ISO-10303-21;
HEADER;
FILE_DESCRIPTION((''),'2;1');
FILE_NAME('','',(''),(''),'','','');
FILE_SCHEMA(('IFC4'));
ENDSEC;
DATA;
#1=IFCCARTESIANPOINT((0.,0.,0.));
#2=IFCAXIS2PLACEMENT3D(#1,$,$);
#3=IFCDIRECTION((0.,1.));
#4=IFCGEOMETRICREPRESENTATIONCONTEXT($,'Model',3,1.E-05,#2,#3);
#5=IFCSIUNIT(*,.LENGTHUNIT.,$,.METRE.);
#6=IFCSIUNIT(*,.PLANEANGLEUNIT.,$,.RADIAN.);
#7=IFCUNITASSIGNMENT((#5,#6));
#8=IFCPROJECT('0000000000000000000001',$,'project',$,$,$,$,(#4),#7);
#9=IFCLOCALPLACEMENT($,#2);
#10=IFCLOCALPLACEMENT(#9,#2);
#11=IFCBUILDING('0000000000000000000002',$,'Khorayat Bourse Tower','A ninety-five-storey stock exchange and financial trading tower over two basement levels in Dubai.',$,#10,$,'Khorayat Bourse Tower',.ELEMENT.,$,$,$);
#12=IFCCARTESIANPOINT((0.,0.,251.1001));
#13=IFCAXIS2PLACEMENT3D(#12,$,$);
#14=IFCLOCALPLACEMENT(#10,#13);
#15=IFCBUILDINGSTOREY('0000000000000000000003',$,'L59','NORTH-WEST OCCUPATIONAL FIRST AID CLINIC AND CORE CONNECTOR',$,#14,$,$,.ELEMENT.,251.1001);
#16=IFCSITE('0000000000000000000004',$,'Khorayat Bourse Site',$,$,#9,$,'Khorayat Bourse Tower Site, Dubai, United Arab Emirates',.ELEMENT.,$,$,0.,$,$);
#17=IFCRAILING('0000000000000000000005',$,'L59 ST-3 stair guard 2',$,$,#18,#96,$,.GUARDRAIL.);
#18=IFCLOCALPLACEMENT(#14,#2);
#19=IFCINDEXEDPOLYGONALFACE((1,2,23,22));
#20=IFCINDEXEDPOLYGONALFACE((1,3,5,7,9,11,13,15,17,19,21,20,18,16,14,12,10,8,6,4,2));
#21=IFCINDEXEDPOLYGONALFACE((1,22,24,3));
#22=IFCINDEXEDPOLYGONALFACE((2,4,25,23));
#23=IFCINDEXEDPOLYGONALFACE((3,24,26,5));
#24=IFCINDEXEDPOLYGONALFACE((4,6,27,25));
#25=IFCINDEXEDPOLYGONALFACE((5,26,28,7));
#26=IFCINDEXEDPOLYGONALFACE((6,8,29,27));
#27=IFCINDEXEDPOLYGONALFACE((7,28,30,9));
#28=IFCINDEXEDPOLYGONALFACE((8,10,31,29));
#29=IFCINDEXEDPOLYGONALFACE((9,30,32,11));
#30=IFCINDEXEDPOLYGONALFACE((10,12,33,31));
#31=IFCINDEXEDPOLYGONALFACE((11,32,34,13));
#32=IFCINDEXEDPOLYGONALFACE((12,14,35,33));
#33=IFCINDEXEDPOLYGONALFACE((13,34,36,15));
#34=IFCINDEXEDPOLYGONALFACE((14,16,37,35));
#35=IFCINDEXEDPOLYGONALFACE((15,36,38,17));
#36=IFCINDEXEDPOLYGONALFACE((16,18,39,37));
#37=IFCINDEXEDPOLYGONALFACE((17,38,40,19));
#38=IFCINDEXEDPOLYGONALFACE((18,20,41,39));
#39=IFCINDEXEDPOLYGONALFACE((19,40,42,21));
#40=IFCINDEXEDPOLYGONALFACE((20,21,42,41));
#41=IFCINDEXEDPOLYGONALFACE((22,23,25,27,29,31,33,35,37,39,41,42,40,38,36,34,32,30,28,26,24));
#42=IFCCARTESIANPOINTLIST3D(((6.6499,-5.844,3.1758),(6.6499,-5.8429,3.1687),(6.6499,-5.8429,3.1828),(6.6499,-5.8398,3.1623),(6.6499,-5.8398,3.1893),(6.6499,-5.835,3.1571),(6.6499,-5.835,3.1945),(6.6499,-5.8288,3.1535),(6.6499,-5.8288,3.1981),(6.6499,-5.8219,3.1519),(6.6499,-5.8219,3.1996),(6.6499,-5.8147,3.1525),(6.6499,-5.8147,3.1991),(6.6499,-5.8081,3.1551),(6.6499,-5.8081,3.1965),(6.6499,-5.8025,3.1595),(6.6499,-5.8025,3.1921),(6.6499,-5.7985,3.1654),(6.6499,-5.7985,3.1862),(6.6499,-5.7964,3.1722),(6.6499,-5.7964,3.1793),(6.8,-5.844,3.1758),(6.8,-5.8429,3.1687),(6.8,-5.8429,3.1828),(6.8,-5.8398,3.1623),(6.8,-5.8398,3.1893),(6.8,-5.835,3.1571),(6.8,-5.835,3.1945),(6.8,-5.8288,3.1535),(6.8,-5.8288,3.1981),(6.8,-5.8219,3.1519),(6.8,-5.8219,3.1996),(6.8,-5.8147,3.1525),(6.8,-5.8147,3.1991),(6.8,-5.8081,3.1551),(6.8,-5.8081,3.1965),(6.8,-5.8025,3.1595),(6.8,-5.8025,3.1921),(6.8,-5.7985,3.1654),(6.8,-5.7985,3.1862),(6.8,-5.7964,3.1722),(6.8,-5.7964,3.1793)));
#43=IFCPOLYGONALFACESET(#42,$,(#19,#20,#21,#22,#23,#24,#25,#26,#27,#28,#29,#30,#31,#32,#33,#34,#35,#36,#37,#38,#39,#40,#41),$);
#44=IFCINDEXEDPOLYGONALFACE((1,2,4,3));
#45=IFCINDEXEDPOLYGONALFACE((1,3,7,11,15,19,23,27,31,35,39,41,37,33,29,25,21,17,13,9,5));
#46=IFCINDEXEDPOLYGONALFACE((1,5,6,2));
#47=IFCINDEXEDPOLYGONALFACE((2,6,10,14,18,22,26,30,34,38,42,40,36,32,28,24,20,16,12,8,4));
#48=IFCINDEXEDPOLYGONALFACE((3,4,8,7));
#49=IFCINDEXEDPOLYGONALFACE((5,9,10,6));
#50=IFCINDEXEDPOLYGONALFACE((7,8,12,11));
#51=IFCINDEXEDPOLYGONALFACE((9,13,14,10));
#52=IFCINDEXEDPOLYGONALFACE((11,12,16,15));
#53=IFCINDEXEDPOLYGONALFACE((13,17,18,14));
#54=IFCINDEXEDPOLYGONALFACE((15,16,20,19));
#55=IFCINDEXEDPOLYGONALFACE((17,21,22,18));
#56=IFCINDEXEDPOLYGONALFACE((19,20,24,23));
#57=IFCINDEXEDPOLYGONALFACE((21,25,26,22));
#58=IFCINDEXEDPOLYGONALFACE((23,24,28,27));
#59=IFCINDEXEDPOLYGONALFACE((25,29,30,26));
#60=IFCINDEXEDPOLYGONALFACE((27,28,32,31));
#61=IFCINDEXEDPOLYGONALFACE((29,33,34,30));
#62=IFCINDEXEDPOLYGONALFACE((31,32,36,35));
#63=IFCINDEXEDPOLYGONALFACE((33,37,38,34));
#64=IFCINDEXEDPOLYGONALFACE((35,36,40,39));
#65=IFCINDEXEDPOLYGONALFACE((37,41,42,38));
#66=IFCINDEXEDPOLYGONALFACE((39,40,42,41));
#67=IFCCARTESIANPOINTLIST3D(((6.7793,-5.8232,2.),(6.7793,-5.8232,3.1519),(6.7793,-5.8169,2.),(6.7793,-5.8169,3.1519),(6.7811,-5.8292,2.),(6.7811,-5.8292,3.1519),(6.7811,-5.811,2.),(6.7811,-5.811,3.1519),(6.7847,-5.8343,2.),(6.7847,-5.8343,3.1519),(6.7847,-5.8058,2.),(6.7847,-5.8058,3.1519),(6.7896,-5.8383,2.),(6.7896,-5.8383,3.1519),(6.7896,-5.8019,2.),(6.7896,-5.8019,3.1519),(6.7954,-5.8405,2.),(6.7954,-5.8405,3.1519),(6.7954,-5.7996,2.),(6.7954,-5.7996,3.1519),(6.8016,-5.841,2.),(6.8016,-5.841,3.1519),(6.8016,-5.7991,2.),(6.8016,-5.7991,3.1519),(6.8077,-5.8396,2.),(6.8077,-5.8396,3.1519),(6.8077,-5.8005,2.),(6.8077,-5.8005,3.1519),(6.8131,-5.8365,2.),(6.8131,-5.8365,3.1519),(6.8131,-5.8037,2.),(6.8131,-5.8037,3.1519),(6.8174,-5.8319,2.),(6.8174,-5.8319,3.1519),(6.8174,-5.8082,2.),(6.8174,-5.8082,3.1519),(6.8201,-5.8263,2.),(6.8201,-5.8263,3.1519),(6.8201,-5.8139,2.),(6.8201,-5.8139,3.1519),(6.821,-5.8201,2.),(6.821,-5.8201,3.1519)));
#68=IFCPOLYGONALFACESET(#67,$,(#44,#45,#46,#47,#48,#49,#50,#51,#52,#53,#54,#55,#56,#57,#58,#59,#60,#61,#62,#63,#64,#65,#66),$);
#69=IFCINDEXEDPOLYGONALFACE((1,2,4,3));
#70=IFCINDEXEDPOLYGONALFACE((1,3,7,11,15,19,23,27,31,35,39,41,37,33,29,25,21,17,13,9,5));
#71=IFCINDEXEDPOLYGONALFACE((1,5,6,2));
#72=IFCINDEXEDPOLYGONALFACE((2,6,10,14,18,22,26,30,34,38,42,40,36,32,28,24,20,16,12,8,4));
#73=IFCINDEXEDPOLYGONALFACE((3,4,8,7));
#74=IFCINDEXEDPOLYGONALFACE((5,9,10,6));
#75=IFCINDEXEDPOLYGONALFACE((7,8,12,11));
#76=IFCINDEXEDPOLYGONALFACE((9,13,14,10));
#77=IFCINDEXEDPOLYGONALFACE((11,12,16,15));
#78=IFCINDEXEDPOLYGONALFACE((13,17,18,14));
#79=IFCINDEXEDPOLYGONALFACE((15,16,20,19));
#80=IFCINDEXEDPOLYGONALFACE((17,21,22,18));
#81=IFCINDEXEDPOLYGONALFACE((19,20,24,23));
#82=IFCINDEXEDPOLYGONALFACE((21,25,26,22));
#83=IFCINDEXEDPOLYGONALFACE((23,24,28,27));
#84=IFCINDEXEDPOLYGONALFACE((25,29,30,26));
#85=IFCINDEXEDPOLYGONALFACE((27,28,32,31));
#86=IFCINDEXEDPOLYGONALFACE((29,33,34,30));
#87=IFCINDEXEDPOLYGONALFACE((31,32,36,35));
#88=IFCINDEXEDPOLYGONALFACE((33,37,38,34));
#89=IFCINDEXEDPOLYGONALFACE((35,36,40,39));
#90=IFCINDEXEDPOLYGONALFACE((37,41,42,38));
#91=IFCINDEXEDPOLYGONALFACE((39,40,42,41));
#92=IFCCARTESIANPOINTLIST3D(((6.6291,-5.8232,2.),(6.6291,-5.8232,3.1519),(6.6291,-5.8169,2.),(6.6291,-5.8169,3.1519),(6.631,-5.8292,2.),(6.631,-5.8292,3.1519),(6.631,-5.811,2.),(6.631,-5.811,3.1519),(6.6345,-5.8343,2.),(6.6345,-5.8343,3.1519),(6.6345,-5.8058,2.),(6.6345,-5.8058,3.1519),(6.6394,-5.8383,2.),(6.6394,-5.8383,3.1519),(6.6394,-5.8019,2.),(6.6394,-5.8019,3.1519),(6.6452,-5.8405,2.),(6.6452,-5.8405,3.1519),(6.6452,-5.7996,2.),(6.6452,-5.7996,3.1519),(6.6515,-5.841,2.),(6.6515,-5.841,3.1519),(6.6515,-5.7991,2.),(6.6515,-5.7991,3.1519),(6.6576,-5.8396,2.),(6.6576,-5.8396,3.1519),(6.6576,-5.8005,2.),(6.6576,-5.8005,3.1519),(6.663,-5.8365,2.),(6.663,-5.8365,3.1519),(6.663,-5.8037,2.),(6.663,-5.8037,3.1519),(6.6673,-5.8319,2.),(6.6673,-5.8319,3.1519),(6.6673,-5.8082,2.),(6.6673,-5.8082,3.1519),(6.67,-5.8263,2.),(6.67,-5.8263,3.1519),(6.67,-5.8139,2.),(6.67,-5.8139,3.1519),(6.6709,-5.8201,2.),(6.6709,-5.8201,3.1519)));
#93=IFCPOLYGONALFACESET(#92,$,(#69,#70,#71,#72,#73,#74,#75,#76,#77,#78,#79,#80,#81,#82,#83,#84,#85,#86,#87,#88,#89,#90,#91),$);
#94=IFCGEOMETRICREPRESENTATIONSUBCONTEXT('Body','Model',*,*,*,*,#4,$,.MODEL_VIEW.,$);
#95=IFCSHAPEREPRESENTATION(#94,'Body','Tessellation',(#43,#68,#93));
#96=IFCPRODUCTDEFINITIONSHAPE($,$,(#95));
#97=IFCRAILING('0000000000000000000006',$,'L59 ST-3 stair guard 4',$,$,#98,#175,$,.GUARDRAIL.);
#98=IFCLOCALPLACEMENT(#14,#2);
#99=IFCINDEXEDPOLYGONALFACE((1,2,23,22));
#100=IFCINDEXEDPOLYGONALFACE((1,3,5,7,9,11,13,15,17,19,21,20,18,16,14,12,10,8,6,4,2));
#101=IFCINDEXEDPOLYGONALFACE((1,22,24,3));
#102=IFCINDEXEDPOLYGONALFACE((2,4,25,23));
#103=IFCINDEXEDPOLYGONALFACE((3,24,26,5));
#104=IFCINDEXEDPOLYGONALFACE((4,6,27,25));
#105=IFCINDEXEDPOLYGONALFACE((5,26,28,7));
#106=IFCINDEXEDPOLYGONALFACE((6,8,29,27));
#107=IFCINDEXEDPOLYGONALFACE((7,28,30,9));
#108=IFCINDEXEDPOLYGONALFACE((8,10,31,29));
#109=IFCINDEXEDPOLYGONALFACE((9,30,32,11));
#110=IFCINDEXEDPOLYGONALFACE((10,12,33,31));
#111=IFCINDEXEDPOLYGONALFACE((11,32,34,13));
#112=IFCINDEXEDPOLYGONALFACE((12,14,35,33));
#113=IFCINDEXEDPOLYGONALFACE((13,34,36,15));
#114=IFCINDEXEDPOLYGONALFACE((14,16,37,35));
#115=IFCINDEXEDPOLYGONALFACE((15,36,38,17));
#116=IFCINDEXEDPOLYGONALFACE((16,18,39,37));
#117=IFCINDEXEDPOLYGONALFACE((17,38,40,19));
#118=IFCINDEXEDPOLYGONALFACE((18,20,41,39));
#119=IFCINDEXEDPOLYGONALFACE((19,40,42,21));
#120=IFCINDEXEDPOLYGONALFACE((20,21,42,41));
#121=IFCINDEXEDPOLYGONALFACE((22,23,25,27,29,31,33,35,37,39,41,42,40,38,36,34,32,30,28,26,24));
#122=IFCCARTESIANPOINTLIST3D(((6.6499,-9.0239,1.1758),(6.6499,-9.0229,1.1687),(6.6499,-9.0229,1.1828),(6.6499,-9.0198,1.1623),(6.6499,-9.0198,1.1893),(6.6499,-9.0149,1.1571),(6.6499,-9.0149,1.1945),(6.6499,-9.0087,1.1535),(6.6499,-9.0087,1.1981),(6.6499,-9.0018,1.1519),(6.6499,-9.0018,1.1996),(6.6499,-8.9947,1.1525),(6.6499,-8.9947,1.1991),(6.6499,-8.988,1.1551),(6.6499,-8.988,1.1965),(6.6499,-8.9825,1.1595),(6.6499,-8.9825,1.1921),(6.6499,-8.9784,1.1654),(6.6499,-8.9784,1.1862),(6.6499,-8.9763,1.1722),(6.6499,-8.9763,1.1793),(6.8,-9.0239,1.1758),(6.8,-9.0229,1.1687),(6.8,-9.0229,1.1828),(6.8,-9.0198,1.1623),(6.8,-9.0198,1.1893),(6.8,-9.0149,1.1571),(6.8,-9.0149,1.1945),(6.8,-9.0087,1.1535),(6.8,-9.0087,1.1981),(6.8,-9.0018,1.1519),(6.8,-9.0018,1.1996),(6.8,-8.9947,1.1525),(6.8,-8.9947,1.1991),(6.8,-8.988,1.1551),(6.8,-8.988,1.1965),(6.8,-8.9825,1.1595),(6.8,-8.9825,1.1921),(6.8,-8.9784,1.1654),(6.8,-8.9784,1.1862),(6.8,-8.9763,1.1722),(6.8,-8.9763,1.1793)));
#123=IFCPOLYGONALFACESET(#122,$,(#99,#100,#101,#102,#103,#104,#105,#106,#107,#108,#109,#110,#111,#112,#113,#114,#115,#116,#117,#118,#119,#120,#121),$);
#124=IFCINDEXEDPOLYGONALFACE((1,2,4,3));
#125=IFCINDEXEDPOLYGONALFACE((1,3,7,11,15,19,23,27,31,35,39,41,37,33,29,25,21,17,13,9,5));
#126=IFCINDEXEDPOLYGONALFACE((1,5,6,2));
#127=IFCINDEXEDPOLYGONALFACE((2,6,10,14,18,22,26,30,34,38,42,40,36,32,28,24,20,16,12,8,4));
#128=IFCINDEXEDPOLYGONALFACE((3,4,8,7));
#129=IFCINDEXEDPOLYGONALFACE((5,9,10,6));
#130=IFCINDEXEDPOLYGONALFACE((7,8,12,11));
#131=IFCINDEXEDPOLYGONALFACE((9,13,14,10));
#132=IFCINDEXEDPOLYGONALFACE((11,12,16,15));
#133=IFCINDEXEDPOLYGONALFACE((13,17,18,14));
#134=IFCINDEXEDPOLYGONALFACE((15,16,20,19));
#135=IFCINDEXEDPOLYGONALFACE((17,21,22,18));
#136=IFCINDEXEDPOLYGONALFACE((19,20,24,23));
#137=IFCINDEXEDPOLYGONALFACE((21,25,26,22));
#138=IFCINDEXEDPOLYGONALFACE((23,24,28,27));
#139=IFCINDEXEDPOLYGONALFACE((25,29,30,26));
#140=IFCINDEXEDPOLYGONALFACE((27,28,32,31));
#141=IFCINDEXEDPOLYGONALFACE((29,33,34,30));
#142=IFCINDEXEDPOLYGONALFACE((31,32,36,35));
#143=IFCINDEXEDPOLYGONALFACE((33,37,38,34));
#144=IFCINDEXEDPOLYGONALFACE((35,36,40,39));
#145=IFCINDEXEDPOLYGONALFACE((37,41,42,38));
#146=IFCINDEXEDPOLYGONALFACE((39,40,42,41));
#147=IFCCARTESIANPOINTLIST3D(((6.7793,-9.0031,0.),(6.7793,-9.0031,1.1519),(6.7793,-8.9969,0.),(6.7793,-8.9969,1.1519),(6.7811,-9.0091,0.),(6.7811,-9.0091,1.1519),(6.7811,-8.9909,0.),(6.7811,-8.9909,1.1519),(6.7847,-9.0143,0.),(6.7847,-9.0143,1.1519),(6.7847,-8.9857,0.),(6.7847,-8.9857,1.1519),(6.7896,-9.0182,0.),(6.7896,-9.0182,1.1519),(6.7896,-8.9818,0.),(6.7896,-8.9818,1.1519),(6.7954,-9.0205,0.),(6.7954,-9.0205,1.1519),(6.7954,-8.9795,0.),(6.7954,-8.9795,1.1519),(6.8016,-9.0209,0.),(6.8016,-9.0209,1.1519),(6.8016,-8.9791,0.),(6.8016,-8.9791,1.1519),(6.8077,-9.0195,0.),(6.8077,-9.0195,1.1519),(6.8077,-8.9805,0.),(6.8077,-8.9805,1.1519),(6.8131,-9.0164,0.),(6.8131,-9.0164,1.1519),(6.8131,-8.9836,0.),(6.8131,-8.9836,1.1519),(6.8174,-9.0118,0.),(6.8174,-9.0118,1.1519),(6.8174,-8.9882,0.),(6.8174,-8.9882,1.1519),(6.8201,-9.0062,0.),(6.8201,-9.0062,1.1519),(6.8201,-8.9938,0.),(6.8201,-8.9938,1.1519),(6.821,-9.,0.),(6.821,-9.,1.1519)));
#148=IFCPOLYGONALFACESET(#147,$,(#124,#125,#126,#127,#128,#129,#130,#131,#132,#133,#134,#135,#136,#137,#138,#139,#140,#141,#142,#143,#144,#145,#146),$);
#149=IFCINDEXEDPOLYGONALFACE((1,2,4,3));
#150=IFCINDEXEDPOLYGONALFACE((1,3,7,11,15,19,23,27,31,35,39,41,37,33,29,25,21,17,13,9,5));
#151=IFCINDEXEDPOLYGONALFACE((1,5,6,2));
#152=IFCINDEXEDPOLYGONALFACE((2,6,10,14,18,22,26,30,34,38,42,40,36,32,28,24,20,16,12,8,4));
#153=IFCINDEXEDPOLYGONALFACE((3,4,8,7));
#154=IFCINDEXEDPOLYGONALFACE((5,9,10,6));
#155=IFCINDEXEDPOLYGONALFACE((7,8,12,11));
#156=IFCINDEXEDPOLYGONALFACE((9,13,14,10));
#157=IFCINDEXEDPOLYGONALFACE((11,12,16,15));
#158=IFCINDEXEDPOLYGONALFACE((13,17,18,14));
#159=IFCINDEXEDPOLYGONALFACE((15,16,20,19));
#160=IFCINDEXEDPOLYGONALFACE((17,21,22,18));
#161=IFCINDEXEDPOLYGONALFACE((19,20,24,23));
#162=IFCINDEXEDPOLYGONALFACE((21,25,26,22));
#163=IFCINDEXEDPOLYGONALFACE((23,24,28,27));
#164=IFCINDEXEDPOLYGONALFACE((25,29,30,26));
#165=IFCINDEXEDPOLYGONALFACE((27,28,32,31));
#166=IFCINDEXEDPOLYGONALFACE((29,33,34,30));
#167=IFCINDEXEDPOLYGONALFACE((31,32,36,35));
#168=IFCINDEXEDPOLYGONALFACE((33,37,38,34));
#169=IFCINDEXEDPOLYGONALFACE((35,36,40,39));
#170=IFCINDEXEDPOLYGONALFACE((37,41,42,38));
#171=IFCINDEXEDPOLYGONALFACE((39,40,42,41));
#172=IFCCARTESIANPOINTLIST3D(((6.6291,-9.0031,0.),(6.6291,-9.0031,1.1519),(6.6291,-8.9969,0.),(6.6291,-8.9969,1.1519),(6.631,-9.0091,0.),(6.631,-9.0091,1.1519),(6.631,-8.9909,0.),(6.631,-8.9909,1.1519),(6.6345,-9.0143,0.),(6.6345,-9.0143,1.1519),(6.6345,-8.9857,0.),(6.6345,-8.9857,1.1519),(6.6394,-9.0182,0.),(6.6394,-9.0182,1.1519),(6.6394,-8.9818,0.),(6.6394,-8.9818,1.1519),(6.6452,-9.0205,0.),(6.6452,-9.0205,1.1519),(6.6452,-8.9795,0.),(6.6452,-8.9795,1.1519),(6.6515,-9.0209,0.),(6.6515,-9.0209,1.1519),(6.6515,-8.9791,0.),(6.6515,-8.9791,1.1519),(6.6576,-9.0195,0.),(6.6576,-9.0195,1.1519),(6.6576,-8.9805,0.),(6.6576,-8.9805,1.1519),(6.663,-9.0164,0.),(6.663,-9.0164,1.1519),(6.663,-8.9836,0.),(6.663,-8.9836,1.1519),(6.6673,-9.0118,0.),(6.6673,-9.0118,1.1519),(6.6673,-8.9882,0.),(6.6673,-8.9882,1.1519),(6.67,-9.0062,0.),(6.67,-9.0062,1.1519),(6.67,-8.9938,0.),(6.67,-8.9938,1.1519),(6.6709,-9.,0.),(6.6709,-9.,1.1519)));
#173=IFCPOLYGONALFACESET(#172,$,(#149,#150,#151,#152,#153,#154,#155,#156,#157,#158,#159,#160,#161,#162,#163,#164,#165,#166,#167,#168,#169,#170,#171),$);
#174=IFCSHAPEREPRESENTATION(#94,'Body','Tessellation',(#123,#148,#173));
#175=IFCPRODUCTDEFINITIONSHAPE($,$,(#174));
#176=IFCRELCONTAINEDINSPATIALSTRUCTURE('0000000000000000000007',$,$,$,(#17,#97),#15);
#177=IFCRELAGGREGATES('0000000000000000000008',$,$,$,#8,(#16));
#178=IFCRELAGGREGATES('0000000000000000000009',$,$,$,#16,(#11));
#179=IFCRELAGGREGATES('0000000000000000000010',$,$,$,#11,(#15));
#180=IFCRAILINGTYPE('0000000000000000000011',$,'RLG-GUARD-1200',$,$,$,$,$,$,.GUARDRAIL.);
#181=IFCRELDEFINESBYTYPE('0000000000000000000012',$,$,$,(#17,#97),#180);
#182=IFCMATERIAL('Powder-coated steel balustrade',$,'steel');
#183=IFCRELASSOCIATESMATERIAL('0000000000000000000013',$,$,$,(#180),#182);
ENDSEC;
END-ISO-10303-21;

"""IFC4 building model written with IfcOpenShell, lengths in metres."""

from ifc_helpers import new_model, si_unit, direction, frame, origin, origin_2d, place, context, subcontext, project, spatial, circle, extrude, source, transform, mapped, material, type_object, element, save


model = new_model("IFC4")

# Units and contexts
model_context = context("Model", 3, precision=1e-05, world=origin(), true_north=direction((0.0, 1.0)))
body_context = subcontext(model_context, "Body", "Model", "MODEL_VIEW")
ifc_project = project(units=[si_unit("LENGTHUNIT", "METRE"), si_unit("PLANEANGLEUNIT", "RADIAN")], contexts=[model_context])

# Site, building, storey
site_placement = place(None, origin())
site = spatial("IfcSite", under=ifc_project, at=site_placement, Name="Khorayat Bourse Site", LongName="Khorayat Bourse Tower Site, Dubai, United Arab Emirates", CompositionType="ELEMENT", RefElevation=0.0)
building_placement = place(site_placement, origin())
building = spatial("IfcBuilding", under=site, at=building_placement, Name="Khorayat Bourse Tower", Description="A ninety-five-storey stock exchange and financial trading tower over two basement levels in Dubai.", LongName="Khorayat Bourse Tower", CompositionType="ELEMENT")
storey_placement = place(building_placement, frame((0.0, 0.0, 251.1001)))
storey = spatial("IfcBuildingStorey", under=building, at=storey_placement, Name="L59", Description="NORTH-WEST OCCUPATIONAL FIRST AID CLINIC AND CORE CONNECTOR", CompositionType="ELEMENT", Elevation=251.1001)

# Railings
ifc_material_1 = material(Name="Powder-coated steel balustrade", Category="steel")
railing_type_1 = type_object("IfcRailingType", Name="RLG-GUARD-1200", PredefinedType="GUARDRAIL", material=ifc_material_1)
shared_shape_1 = source(origin(), body_context, "Body", "SweptSolid", [
    extrude(circle(Radius=0.0239, at=origin_2d()), frame((0.0, 0.0, 1.1758), z_axis=(-1.0, 0.0, 0.0), x_axis=(0.0, -1.0, 0.0)), (0.0, 0.0, 1.0), 0.1501),
    extrude(circle(Radius=0.021, at=origin_2d()), origin(), (0.0, 0.0, 1.0), 1.1519),
    extrude(circle(Radius=0.021, at=origin_2d()), frame((-0.1501, 0.0, 0.0)), (0.0, 0.0, 1.0), 1.1519),
])
for number, where, name in (
    (1, (6.8, -5.8201, 2.0), "L59 ST-3 stair guard 2"),
    (2, (6.8, -9.0, 0.0), "L59 ST-3 stair guard 4"),
):
    element("IfcRailing", number, at=place(storey_placement, frame(where)), inside=storey, type_object=railing_type_1, Name=name, PredefinedType="GUARDRAIL", context=body_context, shape_type="MappedRepresentation", body=[
        mapped(shared_shape_1, transform((0.0, 0.0, 0.0), scale=1.0)),
    ])

save(model, "model.ifc")
